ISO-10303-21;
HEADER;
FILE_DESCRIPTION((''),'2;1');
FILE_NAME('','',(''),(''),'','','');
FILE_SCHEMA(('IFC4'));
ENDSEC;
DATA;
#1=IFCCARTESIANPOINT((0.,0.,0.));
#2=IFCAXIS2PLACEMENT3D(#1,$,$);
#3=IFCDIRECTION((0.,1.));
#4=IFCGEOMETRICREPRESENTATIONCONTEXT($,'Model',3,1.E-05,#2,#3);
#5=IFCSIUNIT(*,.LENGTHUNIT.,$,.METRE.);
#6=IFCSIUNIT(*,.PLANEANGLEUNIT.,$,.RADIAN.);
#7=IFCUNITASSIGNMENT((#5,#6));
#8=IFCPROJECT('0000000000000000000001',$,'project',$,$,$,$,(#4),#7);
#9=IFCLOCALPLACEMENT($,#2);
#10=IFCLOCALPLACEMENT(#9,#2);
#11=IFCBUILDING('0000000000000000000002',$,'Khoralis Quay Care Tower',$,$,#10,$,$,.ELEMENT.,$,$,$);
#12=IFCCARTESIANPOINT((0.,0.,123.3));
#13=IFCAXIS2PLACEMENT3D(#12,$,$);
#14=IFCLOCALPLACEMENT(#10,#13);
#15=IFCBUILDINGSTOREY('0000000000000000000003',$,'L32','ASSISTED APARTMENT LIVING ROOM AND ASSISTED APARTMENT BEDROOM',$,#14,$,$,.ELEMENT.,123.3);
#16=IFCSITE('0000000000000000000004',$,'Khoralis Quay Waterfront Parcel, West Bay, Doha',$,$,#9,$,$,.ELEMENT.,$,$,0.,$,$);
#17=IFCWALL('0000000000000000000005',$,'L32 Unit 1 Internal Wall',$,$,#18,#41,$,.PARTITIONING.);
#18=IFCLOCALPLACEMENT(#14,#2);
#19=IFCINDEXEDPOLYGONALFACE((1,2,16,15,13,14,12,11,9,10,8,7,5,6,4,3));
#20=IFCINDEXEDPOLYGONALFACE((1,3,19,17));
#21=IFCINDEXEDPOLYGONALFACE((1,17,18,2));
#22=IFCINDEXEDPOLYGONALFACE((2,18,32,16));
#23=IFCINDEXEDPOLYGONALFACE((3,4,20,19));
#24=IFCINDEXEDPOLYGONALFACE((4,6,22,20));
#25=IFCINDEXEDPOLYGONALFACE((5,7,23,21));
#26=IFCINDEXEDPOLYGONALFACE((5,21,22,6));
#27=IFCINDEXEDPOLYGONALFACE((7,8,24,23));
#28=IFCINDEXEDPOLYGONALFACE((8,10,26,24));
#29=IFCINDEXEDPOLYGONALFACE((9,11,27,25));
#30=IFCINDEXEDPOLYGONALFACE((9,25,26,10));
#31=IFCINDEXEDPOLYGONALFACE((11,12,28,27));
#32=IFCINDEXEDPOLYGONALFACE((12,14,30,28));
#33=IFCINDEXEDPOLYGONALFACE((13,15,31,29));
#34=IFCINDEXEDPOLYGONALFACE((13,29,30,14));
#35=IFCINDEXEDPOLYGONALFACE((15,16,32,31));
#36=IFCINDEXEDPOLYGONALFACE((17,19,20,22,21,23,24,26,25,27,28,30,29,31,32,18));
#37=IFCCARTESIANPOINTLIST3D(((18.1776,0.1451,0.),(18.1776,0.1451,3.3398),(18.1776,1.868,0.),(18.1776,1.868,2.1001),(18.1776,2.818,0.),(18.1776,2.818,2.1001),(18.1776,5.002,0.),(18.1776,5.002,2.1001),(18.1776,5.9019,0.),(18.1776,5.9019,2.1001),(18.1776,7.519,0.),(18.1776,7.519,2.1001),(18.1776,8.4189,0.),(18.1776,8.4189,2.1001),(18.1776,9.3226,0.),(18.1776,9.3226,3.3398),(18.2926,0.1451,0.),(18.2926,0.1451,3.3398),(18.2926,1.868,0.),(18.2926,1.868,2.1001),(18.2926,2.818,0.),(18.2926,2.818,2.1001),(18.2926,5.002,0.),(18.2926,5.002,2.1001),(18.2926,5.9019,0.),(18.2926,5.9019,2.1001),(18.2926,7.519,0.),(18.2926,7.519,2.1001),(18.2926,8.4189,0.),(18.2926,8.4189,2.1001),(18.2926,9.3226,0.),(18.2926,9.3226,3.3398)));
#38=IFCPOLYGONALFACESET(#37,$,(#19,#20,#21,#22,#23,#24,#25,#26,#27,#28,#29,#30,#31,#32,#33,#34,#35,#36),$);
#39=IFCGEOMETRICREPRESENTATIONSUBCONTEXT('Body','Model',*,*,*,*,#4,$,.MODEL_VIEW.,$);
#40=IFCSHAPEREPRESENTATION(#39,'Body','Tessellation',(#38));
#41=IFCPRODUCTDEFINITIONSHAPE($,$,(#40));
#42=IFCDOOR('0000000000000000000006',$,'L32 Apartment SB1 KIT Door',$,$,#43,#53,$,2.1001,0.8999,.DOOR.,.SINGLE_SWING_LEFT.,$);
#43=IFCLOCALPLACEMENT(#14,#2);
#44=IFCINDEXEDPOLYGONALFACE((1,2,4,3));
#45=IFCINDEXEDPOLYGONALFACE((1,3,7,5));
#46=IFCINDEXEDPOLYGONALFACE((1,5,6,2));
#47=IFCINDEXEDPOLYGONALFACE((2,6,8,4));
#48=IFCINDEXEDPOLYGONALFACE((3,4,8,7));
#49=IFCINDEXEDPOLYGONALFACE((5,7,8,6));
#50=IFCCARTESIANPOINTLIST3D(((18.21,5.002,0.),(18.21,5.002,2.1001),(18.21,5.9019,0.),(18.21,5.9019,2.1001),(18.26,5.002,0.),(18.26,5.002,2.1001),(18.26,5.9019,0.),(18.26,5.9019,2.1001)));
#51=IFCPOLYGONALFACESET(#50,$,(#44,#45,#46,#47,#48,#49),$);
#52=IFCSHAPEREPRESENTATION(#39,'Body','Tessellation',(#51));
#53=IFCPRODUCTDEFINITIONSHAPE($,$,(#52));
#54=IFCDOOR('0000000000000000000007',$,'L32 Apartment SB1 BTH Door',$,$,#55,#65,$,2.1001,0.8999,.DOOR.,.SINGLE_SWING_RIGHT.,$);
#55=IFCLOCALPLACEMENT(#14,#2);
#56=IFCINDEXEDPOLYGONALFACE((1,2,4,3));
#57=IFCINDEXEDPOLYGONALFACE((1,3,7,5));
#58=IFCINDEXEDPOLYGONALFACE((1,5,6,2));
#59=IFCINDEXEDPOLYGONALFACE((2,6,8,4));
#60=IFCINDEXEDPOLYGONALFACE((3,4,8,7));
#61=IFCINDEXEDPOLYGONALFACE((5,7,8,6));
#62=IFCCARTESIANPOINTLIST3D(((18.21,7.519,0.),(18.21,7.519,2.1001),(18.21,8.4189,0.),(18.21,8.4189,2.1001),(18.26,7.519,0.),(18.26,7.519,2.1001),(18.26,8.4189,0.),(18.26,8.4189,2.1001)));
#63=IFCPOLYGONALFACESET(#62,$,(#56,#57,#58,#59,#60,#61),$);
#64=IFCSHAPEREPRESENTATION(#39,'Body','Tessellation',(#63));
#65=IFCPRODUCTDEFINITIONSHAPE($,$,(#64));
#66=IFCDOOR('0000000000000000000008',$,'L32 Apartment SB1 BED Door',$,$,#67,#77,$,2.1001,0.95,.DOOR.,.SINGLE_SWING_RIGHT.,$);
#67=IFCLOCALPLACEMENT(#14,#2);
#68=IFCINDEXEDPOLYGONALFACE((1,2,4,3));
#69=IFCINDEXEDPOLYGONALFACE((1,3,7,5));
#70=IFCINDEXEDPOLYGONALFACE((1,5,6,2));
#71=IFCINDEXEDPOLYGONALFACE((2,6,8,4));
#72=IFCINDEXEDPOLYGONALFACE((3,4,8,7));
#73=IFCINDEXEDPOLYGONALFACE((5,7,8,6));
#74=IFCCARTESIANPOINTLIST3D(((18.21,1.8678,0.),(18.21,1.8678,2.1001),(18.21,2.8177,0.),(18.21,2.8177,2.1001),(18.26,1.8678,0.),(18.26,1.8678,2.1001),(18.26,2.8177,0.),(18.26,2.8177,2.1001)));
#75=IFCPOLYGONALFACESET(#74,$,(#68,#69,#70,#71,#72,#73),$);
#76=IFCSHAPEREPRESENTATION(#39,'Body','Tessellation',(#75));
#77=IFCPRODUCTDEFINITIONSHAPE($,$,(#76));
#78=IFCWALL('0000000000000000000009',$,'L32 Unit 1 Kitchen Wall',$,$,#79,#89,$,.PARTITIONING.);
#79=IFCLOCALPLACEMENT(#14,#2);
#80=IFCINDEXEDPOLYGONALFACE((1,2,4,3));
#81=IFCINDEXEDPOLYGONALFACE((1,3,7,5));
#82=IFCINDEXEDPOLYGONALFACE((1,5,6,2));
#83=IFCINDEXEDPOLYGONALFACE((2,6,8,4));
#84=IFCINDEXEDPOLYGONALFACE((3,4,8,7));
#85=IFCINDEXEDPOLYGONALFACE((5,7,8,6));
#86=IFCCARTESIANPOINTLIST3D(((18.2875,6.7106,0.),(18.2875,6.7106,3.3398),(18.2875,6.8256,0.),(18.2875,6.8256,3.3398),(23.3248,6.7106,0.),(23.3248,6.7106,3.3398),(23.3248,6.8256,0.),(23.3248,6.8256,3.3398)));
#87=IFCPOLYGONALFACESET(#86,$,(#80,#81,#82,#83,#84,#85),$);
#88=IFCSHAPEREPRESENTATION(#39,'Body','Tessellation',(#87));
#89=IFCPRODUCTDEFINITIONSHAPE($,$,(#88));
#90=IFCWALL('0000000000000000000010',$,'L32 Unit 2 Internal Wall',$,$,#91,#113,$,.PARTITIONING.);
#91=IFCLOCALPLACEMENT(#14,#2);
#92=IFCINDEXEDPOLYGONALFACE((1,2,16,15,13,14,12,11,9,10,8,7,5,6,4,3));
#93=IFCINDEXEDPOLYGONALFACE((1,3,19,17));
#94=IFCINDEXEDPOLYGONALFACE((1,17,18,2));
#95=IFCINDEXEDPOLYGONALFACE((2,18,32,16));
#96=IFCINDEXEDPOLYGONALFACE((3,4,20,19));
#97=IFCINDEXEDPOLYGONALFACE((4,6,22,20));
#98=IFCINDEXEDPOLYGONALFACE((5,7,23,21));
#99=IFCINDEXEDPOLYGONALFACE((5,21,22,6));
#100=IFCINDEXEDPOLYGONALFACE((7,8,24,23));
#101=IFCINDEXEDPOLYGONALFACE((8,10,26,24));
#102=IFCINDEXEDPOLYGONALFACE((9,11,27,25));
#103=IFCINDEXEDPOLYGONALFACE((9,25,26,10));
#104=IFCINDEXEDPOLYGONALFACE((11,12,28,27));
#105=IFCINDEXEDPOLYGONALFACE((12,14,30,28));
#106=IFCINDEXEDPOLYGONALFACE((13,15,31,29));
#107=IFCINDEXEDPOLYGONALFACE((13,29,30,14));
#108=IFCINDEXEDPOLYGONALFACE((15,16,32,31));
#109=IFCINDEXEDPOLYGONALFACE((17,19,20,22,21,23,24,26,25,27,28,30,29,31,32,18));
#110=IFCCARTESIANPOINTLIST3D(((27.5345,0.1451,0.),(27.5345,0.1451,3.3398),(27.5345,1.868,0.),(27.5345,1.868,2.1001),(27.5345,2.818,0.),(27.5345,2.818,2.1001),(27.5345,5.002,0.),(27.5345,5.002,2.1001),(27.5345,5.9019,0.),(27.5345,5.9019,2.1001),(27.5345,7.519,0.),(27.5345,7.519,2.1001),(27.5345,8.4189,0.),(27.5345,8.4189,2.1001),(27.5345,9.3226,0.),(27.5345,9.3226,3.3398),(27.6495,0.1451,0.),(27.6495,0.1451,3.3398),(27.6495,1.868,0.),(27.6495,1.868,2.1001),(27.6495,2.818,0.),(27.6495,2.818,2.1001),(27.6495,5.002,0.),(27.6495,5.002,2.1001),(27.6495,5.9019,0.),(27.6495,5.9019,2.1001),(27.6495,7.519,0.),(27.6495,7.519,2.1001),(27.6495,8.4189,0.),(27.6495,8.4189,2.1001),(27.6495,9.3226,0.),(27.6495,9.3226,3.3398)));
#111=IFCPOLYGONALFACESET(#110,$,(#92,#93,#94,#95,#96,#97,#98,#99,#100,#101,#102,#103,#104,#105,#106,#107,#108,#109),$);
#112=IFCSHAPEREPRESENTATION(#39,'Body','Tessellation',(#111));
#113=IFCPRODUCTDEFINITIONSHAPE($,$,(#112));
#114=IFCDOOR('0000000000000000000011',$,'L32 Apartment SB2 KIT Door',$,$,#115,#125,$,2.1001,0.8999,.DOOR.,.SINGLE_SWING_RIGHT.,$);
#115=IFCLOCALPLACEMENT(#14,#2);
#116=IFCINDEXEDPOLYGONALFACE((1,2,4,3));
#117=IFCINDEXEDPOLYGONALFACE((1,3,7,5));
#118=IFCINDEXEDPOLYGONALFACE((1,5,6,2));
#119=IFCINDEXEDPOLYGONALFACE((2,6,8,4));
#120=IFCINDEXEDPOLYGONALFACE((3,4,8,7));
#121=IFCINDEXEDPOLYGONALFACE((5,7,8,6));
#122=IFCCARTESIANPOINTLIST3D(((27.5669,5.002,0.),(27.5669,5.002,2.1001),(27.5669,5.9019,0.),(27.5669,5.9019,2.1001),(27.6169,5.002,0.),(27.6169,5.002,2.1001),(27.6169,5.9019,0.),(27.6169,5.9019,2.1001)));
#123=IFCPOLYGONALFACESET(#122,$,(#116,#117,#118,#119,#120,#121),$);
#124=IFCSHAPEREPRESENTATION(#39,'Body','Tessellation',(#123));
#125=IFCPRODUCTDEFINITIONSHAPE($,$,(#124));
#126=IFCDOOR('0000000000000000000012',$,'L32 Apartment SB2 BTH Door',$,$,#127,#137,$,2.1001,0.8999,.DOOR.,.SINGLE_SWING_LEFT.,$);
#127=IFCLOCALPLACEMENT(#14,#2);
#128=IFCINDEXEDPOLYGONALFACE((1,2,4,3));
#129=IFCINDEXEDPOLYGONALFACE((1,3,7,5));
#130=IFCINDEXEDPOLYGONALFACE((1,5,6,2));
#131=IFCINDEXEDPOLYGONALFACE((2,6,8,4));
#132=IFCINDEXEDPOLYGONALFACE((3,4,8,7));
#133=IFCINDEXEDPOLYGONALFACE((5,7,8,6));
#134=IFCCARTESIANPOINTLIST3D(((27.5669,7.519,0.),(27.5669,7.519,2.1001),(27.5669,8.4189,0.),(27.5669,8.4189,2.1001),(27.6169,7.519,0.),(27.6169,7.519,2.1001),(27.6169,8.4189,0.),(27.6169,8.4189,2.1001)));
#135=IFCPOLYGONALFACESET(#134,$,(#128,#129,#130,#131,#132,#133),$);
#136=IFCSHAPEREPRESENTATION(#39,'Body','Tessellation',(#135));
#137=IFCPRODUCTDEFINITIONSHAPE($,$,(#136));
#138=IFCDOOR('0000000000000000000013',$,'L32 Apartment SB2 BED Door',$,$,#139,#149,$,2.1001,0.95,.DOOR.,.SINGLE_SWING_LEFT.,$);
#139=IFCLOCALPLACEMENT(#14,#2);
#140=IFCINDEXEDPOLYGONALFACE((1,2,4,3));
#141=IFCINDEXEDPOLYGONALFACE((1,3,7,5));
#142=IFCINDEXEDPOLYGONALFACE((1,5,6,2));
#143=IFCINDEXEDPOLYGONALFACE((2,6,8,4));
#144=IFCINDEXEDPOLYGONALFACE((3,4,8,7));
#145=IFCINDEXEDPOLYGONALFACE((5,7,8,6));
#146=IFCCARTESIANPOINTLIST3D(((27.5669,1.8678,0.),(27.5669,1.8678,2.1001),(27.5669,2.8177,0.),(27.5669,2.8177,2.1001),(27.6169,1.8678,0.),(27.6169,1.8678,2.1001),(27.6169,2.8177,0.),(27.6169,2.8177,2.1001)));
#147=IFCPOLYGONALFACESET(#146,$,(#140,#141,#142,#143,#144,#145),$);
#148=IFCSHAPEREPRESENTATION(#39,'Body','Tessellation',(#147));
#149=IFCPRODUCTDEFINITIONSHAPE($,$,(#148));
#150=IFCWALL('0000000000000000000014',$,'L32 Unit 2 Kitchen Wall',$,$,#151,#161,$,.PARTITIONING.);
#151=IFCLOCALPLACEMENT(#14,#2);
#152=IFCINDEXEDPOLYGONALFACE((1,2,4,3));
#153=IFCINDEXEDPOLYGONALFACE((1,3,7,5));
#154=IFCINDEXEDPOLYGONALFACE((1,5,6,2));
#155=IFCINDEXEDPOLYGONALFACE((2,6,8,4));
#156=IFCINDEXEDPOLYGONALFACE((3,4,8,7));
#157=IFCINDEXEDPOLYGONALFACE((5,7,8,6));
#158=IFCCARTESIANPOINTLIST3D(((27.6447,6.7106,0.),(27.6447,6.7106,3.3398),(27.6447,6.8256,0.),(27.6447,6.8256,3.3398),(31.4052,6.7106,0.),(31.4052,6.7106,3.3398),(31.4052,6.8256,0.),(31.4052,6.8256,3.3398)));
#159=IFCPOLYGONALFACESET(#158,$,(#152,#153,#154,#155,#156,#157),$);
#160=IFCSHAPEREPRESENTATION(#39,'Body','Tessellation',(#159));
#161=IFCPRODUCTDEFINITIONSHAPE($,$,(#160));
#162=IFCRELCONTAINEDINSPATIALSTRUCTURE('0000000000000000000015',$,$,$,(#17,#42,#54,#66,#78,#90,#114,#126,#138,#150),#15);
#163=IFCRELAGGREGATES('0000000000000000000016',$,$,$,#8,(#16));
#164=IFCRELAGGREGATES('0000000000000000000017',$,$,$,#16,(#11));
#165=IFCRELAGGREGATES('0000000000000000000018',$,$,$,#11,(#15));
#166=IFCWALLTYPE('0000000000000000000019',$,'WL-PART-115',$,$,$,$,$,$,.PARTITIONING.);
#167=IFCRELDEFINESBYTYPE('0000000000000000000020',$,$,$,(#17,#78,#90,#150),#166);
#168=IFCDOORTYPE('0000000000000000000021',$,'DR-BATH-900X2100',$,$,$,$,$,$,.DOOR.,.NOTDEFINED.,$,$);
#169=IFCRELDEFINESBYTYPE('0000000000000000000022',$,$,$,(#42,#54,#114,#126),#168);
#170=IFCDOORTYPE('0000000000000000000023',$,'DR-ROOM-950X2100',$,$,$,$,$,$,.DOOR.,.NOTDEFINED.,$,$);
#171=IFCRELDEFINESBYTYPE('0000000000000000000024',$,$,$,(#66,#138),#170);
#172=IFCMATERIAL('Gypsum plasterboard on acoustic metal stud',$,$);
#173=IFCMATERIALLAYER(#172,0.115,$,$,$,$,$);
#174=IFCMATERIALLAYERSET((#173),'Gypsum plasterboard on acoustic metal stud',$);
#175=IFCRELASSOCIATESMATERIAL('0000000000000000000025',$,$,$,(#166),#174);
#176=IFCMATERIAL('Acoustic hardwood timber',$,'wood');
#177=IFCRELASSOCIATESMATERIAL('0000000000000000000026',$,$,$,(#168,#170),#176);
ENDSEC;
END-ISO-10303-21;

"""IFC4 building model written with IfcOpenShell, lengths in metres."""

from ifc_helpers import new_model, si_unit, direction, frame, frame_2d, origin, place, context, subcontext, project, spatial, rectangle, extrude, source, transform, mapped, material, layer, layer_set, type_object, element, fill, save


model = new_model("IFC4")

# Units and contexts
model_context = context("Model", 3, precision=1e-05, world=origin(), true_north=direction((0.0, 1.0)))
body_context = subcontext(model_context, "Body", "Model", "MODEL_VIEW")
ifc_project = project(units=[si_unit("LENGTHUNIT", "METRE"), si_unit("PLANEANGLEUNIT", "RADIAN")], contexts=[model_context])

# Site, building, storey
site_placement = place(None, origin())
site = spatial("IfcSite", under=ifc_project, at=site_placement, Name="Khoralis Quay Waterfront Parcel, West Bay, Doha", CompositionType="ELEMENT", RefElevation=0.0)
building_placement = place(site_placement, origin())
building = spatial("IfcBuilding", under=site, at=building_placement, Name="Khoralis Quay Care Tower", CompositionType="ELEMENT")
storey_placement = place(building_placement, frame((0.0, 0.0, 123.3)))
storey = spatial("IfcBuildingStorey", under=building, at=storey_placement, Name="L32", Description="ASSISTED APARTMENT LIVING ROOM AND ASSISTED APARTMENT BEDROOM", CompositionType="ELEMENT", Elevation=123.3)

# Wall, openings, doors
ifc_material_1 = material(Name="Gypsum plasterboard on acoustic metal stud")
ifc_layer_1 = layer(ifc_material_1, 0.115)
ifc_layer_set_1 = layer_set([ifc_layer_1], Name="Gypsum plasterboard on acoustic metal stud")
wall_type_1 = type_object("IfcWallType", Name="WL-PART-115", PredefinedType="PARTITIONING", material=ifc_layer_set_1)
wall_1_placement = place(storey_placement, frame((18.2351, 0.145, 0.0), z_axis=(0.0, 0.0, 1.0), x_axis=(0.0, 1.0, 0.0)))
wall_1 = element("IfcWall", 1, at=wall_1_placement, inside=storey, type_object=wall_type_1, Name="L32 Unit 1 Internal Wall", PredefinedType="PARTITIONING", context=body_context, shape_type="SweptSolid", body=[
    extrude(rectangle(XDim=9.1775, YDim=0.115, at=frame_2d((4.5889, 0.0))), origin(), (0.0, 0.0, 1.0), 3.3398),
])
opening_1_placement = place(wall_1_placement, frame((1.7229, 0.0, 0.0)))
opening_1 = element("IfcOpeningElement", 2, at=opening_1_placement, cuts=wall_1, PredefinedType="OPENING", context=body_context, shape_type="SweptSolid", body=[
    extrude(rectangle(XDim=0.95, YDim=2.1001, at=frame_2d((0.4751, 1.05))), frame((0.0, 0.0674, 0.0), z_axis=(0.0, -1.0, 0.0), x_axis=(1.0, 0.0, 0.0)), (0.0, 0.0, 1.0), 0.135),
])
opening_2_placement = place(wall_1_placement, frame((4.8569, 0.0, 0.0)))
opening_2 = element("IfcOpeningElement", 3, at=opening_2_placement, cuts=wall_1, PredefinedType="OPENING", context=body_context, shape_type="SweptSolid", body=[
    extrude(rectangle(XDim=0.8999, YDim=2.1001, at=frame_2d((0.45, 1.05))), frame((0.0, 0.0674, 0.0), z_axis=(0.0, -1.0, 0.0), x_axis=(1.0, 0.0, 0.0)), (0.0, 0.0, 1.0), 0.135),
])
opening_3_placement = place(wall_1_placement, frame((7.374, 0.0, 0.0)))
opening_3 = element("IfcOpeningElement", 4, at=opening_3_placement, cuts=wall_1, PredefinedType="OPENING", context=body_context, shape_type="SweptSolid", body=[
    extrude(rectangle(XDim=0.8999, YDim=2.1001, at=frame_2d((0.45, 1.05))), frame((0.0, 0.0674, 0.0), z_axis=(0.0, -1.0, 0.0), x_axis=(1.0, 0.0, 0.0)), (0.0, 0.0, 1.0), 0.135),
])
ifc_material_2 = material(Name="Acoustic hardwood timber", Category="wood")
door_type_1 = type_object("IfcDoorType", Name="DR-BATH-900X2100", OperationType="NOTDEFINED", PredefinedType="DOOR", material=ifc_material_2)
shared_shape_1 = source(origin(), body_context, "Body", "SweptSolid", [
    extrude(rectangle(XDim=0.8999, YDim=2.1001, at=frame_2d((0.45, 1.05))), frame((0.0, 0.0249, 0.0), z_axis=(0.0, -1.0, 0.0), x_axis=(1.0, 0.0, 0.0)), (0.0, 0.0, 1.0), 0.05),
])
door_1_placement = place(opening_2_placement, frame((0.8999, 0.0, 0.0), z_axis=(0.0, 0.0, 1.0), x_axis=(-1.0, 0.0, 0.0)))
door_1 = element("IfcDoor", 5, at=door_1_placement, inside=storey, type_object=door_type_1, Name="L32 Apartment SB1 KIT Door", OperationType="SINGLE_SWING_LEFT", OverallHeight=2.1001, OverallWidth=0.8999, PredefinedType="DOOR", context=body_context, shape_type="MappedRepresentation", body=[
    mapped(shared_shape_1, transform((0.0, 0.0, 0.0), scale=1.0)),
])
fill(opening_2, door_1)
door_2_placement = place(opening_3_placement, frame((0.8999, 0.0, 0.0), z_axis=(0.0, 0.0, 1.0), x_axis=(-1.0, 0.0, 0.0)))
door_2 = element("IfcDoor", 6, at=door_2_placement, inside=storey, type_object=door_type_1, Name="L32 Apartment SB1 BTH Door", OperationType="SINGLE_SWING_RIGHT", OverallHeight=2.1001, OverallWidth=0.8999, PredefinedType="DOOR", context=body_context, shape_type="MappedRepresentation", body=[
    mapped(shared_shape_1, transform((0.0, 0.0, 0.0), scale=1.0)),
])
fill(opening_3, door_2)
door_type_2 = type_object("IfcDoorType", Name="DR-ROOM-950X2100", OperationType="NOTDEFINED", PredefinedType="DOOR", material=ifc_material_2)
shared_shape_2 = source(origin(), body_context, "Body", "SweptSolid", [
    extrude(rectangle(XDim=0.95, YDim=2.1001, at=frame_2d((0.4751, 1.05))), frame((0.0, 0.0249, 0.0), z_axis=(0.0, -1.0, 0.0), x_axis=(1.0, 0.0, 0.0)), (0.0, 0.0, 1.0), 0.05),
])
door_3_placement = place(opening_1_placement, frame((0.95, 0.0, 0.0), z_axis=(0.0, 0.0, 1.0), x_axis=(-1.0, 0.0, 0.0)))
door_3 = element("IfcDoor", 7, at=door_3_placement, inside=storey, type_object=door_type_2, Name="L32 Apartment SB1 BED Door", OperationType="SINGLE_SWING_RIGHT", OverallHeight=2.1001, OverallWidth=0.95, PredefinedType="DOOR", context=body_context, shape_type="MappedRepresentation", body=[
    mapped(shared_shape_2, transform((0.0, 0.0, 0.0), scale=1.0)),
])
fill(opening_1, door_3)

# Wall
wall_2_placement = place(storey_placement, frame((18.2876, 6.7681, 0.0), z_axis=(0.0, 0.0, 1.0), x_axis=(1.0, 0.0, 0.0)))
element("IfcWall", 8, at=wall_2_placement, inside=storey, type_object=wall_type_1, Name="L32 Unit 1 Kitchen Wall", PredefinedType="PARTITIONING", context=body_context, shape_type="SweptSolid", body=[
    extrude(rectangle(XDim=5.0374, YDim=0.115, at=frame_2d((2.5186, 0.0))), origin(), (0.0, 0.0, 1.0), 3.3398),
])

# Wall, openings, doors
wall_3_placement = place(storey_placement, frame((27.592, 0.145, 0.0), z_axis=(0.0, 0.0, 1.0), x_axis=(0.0, 1.0, 0.0)))
wall_3 = element("IfcWall", 9, at=wall_3_placement, inside=storey, type_object=wall_type_1, Name="L32 Unit 2 Internal Wall", PredefinedType="PARTITIONING", context=body_context, shape_type="SweptSolid", body=[
    extrude(rectangle(XDim=9.1775, YDim=0.115, at=frame_2d((4.5889, 0.0))), origin(), (0.0, 0.0, 1.0), 3.3398),
])
opening_4_placement = place(wall_3_placement, frame((1.7229, 0.0, 0.0)))
opening_4 = element("IfcOpeningElement", 10, at=opening_4_placement, cuts=wall_3, PredefinedType="OPENING", context=body_context, shape_type="SweptSolid", body=[
    extrude(rectangle(XDim=0.95, YDim=2.1001, at=frame_2d((0.4751, 1.05))), frame((0.0, 0.0674, 0.0), z_axis=(0.0, -1.0, 0.0), x_axis=(1.0, 0.0, 0.0)), (0.0, 0.0, 1.0), 0.135),
])
opening_5_placement = place(wall_3_placement, frame((4.8569, 0.0, 0.0)))
opening_5 = element("IfcOpeningElement", 11, at=opening_5_placement, cuts=wall_3, PredefinedType="OPENING", context=body_context, shape_type="SweptSolid", body=[
    extrude(rectangle(XDim=0.8999, YDim=2.1001, at=frame_2d((0.45, 1.05))), frame((0.0, 0.0674, 0.0), z_axis=(0.0, -1.0, 0.0), x_axis=(1.0, 0.0, 0.0)), (0.0, 0.0, 1.0), 0.135),
])
opening_6_placement = place(wall_3_placement, frame((7.374, 0.0, 0.0)))
opening_6 = element("IfcOpeningElement", 12, at=opening_6_placement, cuts=wall_3, PredefinedType="OPENING", context=body_context, shape_type="SweptSolid", body=[
    extrude(rectangle(XDim=0.8999, YDim=2.1001, at=frame_2d((0.45, 1.05))), frame((0.0, 0.0674, 0.0), z_axis=(0.0, -1.0, 0.0), x_axis=(1.0, 0.0, 0.0)), (0.0, 0.0, 1.0), 0.135),
])
door_4_placement = place(opening_5_placement, frame((0.8999, 0.0, 0.0), z_axis=(0.0, 0.0, 1.0), x_axis=(-1.0, 0.0, 0.0)))
door_4 = element("IfcDoor", 13, at=door_4_placement, inside=storey, type_object=door_type_1, Name="L32 Apartment SB2 KIT Door", OperationType="SINGLE_SWING_RIGHT", OverallHeight=2.1001, OverallWidth=0.8999, PredefinedType="DOOR", context=body_context, shape_type="MappedRepresentation", body=[
    mapped(shared_shape_1, transform((0.0, 0.0, 0.0), scale=1.0)),
])
fill(opening_5, door_4)
door_5_placement = place(opening_6_placement, frame((0.8999, 0.0, 0.0), z_axis=(0.0, 0.0, 1.0), x_axis=(-1.0, 0.0, 0.0)))
door_5 = element("IfcDoor", 14, at=door_5_placement, inside=storey, type_object=door_type_1, Name="L32 Apartment SB2 BTH Door", OperationType="SINGLE_SWING_LEFT", OverallHeight=2.1001, OverallWidth=0.8999, PredefinedType="DOOR", context=body_context, shape_type="MappedRepresentation", body=[
    mapped(shared_shape_1, transform((0.0, 0.0, 0.0), scale=1.0)),
])
fill(opening_6, door_5)
door_6_placement = place(opening_4_placement, frame((0.95, 0.0, 0.0), z_axis=(0.0, 0.0, 1.0), x_axis=(-1.0, 0.0, 0.0)))
door_6 = element("IfcDoor", 15, at=door_6_placement, inside=storey, type_object=door_type_2, Name="L32 Apartment SB2 BED Door", OperationType="SINGLE_SWING_LEFT", OverallHeight=2.1001, OverallWidth=0.95, PredefinedType="DOOR", context=body_context, shape_type="MappedRepresentation", body=[
    mapped(shared_shape_2, transform((0.0, 0.0, 0.0), scale=1.0)),
])
fill(opening_4, door_6)

# Wall
wall_4_placement = place(storey_placement, frame((27.6445, 6.7681, 0.0), z_axis=(0.0, 0.0, 1.0), x_axis=(1.0, 0.0, 0.0)))
element("IfcWall", 16, at=wall_4_placement, inside=storey, type_object=wall_type_1, Name="L32 Unit 2 Kitchen Wall", PredefinedType="PARTITIONING", context=body_context, shape_type="SweptSolid", body=[
    extrude(rectangle(XDim=3.7605, YDim=0.115, at=frame_2d((1.8804, 0.0))), origin(), (0.0, 0.0, 1.0), 3.3398),
])

save(model, "model.ifc")
